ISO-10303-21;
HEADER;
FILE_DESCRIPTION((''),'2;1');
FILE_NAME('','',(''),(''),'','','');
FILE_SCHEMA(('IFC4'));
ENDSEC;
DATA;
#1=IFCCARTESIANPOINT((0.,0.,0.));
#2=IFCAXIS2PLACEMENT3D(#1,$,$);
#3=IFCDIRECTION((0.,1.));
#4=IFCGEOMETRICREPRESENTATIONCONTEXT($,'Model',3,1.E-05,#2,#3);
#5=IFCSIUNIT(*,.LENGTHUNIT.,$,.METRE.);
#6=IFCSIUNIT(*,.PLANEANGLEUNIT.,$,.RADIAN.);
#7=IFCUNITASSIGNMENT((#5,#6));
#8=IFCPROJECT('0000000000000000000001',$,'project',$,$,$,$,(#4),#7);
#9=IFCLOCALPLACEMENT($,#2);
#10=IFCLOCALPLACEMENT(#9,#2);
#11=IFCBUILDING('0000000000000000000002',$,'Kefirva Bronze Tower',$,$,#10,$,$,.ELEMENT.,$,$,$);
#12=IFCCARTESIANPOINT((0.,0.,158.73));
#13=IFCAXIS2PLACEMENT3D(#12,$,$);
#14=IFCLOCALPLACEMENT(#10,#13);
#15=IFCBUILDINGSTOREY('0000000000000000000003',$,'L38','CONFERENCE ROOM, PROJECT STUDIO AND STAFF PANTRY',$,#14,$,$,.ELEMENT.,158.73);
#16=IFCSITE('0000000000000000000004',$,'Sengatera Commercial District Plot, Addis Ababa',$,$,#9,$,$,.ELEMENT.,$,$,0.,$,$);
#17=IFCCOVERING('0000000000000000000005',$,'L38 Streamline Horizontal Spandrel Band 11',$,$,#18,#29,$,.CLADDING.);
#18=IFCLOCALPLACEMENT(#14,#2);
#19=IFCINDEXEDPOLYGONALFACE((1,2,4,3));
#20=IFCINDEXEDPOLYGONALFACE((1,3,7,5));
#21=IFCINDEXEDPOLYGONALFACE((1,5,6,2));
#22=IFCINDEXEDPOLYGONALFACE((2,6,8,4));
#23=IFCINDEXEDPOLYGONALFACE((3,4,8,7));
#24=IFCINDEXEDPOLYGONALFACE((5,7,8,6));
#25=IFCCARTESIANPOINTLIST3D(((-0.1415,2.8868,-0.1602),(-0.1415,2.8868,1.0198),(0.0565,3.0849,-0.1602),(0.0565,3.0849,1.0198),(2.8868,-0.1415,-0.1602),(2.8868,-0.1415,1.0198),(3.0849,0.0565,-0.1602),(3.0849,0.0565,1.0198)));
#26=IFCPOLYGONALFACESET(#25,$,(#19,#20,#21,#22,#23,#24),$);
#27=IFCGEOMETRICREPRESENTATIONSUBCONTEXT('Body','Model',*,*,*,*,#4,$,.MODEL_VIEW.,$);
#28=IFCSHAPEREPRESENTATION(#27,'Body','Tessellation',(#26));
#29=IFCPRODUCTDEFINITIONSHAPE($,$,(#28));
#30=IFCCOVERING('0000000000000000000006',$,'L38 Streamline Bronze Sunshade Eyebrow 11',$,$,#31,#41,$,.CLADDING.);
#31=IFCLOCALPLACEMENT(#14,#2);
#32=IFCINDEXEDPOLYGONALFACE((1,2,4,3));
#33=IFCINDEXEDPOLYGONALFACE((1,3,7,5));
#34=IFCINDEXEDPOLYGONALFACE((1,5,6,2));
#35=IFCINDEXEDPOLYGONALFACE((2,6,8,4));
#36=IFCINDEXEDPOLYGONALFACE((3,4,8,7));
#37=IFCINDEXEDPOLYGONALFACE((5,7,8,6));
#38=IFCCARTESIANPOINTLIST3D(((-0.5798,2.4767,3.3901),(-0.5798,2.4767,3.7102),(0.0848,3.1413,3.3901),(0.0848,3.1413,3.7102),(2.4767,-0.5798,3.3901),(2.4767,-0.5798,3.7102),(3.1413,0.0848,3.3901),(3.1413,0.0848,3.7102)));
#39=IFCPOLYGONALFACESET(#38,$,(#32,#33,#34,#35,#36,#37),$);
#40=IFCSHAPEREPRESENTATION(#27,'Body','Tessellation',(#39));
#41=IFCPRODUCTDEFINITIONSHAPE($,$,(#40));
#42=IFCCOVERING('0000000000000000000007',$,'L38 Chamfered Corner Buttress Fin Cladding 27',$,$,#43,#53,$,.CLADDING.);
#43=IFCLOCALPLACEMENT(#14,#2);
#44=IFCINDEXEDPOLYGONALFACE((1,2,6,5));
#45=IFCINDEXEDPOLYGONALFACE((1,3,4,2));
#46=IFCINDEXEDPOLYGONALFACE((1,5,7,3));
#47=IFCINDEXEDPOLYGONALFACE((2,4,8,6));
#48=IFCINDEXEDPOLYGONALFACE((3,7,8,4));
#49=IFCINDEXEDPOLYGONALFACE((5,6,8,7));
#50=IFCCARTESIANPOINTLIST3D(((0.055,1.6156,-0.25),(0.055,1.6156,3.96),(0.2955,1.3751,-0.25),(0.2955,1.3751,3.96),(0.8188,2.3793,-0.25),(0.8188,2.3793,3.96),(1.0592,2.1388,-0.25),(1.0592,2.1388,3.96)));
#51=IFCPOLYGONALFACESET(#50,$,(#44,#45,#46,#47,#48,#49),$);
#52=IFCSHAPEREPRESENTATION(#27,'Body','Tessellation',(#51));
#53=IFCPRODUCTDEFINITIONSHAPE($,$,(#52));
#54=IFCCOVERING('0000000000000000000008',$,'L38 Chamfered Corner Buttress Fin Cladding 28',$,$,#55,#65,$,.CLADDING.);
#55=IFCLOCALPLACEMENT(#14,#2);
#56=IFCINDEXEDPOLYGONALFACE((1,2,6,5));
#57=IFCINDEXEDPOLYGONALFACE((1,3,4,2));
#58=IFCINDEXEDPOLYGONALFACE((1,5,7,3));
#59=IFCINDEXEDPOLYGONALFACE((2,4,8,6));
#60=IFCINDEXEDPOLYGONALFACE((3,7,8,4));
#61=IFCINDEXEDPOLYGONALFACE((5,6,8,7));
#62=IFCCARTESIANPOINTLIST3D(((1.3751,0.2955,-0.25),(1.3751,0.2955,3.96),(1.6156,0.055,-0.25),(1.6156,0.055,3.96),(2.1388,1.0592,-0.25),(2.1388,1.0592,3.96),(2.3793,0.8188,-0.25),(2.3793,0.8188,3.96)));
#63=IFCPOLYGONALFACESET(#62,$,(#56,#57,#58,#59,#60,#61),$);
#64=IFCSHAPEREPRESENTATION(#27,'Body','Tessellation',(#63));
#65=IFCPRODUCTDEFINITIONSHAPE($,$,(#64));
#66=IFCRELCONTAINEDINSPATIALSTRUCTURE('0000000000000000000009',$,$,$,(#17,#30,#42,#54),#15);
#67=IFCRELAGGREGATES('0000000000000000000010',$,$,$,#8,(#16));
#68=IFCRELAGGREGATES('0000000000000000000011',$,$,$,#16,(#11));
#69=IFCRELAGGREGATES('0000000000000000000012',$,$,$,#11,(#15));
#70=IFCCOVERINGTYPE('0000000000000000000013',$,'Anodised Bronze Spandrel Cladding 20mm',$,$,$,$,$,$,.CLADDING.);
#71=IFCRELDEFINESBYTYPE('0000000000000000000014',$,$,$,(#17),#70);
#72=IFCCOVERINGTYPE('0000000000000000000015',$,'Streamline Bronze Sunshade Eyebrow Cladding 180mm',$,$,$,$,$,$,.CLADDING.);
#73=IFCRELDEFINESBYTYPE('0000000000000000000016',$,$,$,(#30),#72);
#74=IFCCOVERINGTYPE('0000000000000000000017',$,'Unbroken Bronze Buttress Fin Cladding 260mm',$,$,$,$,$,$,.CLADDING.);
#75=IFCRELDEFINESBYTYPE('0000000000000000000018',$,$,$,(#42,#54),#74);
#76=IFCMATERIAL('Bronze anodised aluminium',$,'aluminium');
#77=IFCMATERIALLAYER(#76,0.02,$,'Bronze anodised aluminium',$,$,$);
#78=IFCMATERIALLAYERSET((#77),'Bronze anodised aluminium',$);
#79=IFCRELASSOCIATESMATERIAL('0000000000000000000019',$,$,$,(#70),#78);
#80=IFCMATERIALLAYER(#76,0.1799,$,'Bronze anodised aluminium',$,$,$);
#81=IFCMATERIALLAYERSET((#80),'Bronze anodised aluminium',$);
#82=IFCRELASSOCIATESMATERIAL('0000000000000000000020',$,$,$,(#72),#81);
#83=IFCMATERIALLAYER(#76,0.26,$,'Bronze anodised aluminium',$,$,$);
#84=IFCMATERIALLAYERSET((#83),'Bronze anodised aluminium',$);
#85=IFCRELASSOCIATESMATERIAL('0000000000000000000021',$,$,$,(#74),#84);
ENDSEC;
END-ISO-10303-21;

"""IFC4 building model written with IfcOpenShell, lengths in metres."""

from ifc_helpers import new_model, si_unit, direction, frame, origin, origin_2d, place, context, subcontext, project, spatial, rectangle, extrude, material, layer, layer_set, type_object, element, save


model = new_model("IFC4")

# Units and contexts
model_context = context("Model", 3, precision=1e-05, world=origin(), true_north=direction((0.0, 1.0)))
body_context = subcontext(model_context, "Body", "Model", "MODEL_VIEW")
ifc_project = project(units=[si_unit("LENGTHUNIT", "METRE"), si_unit("PLANEANGLEUNIT", "RADIAN")], contexts=[model_context])

# Site, building, storey
site_placement = place(None, origin())
site = spatial("IfcSite", under=ifc_project, at=site_placement, Name="Sengatera Commercial District Plot, Addis Ababa", CompositionType="ELEMENT", RefElevation=0.0)
building_placement = place(site_placement, origin())
building = spatial("IfcBuilding", under=site, at=building_placement, Name="Kefirva Bronze Tower", CompositionType="ELEMENT")
storey_placement = place(building_placement, frame((0.0, 0.0, 158.73)))
storey = spatial("IfcBuildingStorey", under=building, at=storey_placement, Name="L38", Description="CONFERENCE ROOM, PROJECT STUDIO AND STAFF PANTRY", CompositionType="ELEMENT", Elevation=158.73)

# Shared definitions
ifc_material_1 = material(Name="Bronze anodised aluminium", Category="aluminium")

# Coverings
ifc_layer_1 = layer(ifc_material_1, 0.02, Name="Bronze anodised aluminium")
ifc_layer_set_1 = layer_set([ifc_layer_1], Name="Bronze anodised aluminium")
covering_type_1 = type_object("IfcCoveringType", Name="Anodised Bronze Spandrel Cladding 20mm", PredefinedType="CLADDING", material=ifc_layer_set_1)
covering_1_placement = place(storey_placement, frame((1.4717, 1.4717, -0.1602), z_axis=(0.0, 0.0, 1.0), x_axis=(0.707107, -0.707107, 0.0)))
element("IfcCovering", 1, at=covering_1_placement, inside=storey, type_object=covering_type_1, Name="L38 Streamline Horizontal Spandrel Band 11", PredefinedType="CLADDING", context=body_context, shape_type="SweptSolid", body=[
    extrude(rectangle(XDim=4.2827, YDim=0.28, at=origin_2d()), origin(), (0.0, 0.0, 1.0), 1.1799),
])
ifc_layer_2 = layer(ifc_material_1, 0.1799, Name="Bronze anodised aluminium")
ifc_layer_set_2 = layer_set([ifc_layer_2], Name="Bronze anodised aluminium")
covering_type_2 = type_object("IfcCoveringType", Name="Streamline Bronze Sunshade Eyebrow Cladding 180mm", PredefinedType="CLADDING", material=ifc_layer_set_2)
covering_2_placement = place(storey_placement, frame((1.2808, 1.2808, 3.3901), z_axis=(0.0, 0.0, 1.0), x_axis=(0.707107, -0.707107, 0.0)))
element("IfcCovering", 2, at=covering_2_placement, inside=storey, type_object=covering_type_2, Name="L38 Streamline Bronze Sunshade Eyebrow 11", PredefinedType="CLADDING", context=body_context, shape_type="SweptSolid", body=[
    extrude(rectangle(XDim=4.3225, YDim=0.9399, at=origin_2d()), origin(), (0.0, 0.0, 1.0), 0.3201),
])
ifc_layer_3 = layer(ifc_material_1, 0.26, Name="Bronze anodised aluminium")
ifc_layer_set_3 = layer_set([ifc_layer_3], Name="Bronze anodised aluminium")
covering_type_3 = type_object("IfcCoveringType", Name="Unbroken Bronze Buttress Fin Cladding 260mm", PredefinedType="CLADDING", material=ifc_layer_set_3)
for number, where, z_axis, x_axis, name in (
    (3, (0.5571, 1.8772, -0.25), (0.0, 0.0, 1.0), (0.707107, -0.707107, 0.0), "L38 Chamfered Corner Buttress Fin Cladding 27"),
    (4, (1.8772, 0.5571, -0.25), (0.0, 0.0, 1.0), (0.707107, -0.707107, 0.0), "L38 Chamfered Corner Buttress Fin Cladding 28"),
):
    element("IfcCovering", number, at=place(storey_placement, frame(where, z_axis=z_axis, x_axis=x_axis)), inside=storey, type_object=covering_type_3, Name=name, PredefinedType="CLADDING", context=body_context, shape_type="SweptSolid", body=[
        extrude(rectangle(XDim=0.3401, YDim=1.0801, at=origin_2d()), origin(), (0.0, 0.0, 1.0), 4.21),
    ])

save(model, "model.ifc")
